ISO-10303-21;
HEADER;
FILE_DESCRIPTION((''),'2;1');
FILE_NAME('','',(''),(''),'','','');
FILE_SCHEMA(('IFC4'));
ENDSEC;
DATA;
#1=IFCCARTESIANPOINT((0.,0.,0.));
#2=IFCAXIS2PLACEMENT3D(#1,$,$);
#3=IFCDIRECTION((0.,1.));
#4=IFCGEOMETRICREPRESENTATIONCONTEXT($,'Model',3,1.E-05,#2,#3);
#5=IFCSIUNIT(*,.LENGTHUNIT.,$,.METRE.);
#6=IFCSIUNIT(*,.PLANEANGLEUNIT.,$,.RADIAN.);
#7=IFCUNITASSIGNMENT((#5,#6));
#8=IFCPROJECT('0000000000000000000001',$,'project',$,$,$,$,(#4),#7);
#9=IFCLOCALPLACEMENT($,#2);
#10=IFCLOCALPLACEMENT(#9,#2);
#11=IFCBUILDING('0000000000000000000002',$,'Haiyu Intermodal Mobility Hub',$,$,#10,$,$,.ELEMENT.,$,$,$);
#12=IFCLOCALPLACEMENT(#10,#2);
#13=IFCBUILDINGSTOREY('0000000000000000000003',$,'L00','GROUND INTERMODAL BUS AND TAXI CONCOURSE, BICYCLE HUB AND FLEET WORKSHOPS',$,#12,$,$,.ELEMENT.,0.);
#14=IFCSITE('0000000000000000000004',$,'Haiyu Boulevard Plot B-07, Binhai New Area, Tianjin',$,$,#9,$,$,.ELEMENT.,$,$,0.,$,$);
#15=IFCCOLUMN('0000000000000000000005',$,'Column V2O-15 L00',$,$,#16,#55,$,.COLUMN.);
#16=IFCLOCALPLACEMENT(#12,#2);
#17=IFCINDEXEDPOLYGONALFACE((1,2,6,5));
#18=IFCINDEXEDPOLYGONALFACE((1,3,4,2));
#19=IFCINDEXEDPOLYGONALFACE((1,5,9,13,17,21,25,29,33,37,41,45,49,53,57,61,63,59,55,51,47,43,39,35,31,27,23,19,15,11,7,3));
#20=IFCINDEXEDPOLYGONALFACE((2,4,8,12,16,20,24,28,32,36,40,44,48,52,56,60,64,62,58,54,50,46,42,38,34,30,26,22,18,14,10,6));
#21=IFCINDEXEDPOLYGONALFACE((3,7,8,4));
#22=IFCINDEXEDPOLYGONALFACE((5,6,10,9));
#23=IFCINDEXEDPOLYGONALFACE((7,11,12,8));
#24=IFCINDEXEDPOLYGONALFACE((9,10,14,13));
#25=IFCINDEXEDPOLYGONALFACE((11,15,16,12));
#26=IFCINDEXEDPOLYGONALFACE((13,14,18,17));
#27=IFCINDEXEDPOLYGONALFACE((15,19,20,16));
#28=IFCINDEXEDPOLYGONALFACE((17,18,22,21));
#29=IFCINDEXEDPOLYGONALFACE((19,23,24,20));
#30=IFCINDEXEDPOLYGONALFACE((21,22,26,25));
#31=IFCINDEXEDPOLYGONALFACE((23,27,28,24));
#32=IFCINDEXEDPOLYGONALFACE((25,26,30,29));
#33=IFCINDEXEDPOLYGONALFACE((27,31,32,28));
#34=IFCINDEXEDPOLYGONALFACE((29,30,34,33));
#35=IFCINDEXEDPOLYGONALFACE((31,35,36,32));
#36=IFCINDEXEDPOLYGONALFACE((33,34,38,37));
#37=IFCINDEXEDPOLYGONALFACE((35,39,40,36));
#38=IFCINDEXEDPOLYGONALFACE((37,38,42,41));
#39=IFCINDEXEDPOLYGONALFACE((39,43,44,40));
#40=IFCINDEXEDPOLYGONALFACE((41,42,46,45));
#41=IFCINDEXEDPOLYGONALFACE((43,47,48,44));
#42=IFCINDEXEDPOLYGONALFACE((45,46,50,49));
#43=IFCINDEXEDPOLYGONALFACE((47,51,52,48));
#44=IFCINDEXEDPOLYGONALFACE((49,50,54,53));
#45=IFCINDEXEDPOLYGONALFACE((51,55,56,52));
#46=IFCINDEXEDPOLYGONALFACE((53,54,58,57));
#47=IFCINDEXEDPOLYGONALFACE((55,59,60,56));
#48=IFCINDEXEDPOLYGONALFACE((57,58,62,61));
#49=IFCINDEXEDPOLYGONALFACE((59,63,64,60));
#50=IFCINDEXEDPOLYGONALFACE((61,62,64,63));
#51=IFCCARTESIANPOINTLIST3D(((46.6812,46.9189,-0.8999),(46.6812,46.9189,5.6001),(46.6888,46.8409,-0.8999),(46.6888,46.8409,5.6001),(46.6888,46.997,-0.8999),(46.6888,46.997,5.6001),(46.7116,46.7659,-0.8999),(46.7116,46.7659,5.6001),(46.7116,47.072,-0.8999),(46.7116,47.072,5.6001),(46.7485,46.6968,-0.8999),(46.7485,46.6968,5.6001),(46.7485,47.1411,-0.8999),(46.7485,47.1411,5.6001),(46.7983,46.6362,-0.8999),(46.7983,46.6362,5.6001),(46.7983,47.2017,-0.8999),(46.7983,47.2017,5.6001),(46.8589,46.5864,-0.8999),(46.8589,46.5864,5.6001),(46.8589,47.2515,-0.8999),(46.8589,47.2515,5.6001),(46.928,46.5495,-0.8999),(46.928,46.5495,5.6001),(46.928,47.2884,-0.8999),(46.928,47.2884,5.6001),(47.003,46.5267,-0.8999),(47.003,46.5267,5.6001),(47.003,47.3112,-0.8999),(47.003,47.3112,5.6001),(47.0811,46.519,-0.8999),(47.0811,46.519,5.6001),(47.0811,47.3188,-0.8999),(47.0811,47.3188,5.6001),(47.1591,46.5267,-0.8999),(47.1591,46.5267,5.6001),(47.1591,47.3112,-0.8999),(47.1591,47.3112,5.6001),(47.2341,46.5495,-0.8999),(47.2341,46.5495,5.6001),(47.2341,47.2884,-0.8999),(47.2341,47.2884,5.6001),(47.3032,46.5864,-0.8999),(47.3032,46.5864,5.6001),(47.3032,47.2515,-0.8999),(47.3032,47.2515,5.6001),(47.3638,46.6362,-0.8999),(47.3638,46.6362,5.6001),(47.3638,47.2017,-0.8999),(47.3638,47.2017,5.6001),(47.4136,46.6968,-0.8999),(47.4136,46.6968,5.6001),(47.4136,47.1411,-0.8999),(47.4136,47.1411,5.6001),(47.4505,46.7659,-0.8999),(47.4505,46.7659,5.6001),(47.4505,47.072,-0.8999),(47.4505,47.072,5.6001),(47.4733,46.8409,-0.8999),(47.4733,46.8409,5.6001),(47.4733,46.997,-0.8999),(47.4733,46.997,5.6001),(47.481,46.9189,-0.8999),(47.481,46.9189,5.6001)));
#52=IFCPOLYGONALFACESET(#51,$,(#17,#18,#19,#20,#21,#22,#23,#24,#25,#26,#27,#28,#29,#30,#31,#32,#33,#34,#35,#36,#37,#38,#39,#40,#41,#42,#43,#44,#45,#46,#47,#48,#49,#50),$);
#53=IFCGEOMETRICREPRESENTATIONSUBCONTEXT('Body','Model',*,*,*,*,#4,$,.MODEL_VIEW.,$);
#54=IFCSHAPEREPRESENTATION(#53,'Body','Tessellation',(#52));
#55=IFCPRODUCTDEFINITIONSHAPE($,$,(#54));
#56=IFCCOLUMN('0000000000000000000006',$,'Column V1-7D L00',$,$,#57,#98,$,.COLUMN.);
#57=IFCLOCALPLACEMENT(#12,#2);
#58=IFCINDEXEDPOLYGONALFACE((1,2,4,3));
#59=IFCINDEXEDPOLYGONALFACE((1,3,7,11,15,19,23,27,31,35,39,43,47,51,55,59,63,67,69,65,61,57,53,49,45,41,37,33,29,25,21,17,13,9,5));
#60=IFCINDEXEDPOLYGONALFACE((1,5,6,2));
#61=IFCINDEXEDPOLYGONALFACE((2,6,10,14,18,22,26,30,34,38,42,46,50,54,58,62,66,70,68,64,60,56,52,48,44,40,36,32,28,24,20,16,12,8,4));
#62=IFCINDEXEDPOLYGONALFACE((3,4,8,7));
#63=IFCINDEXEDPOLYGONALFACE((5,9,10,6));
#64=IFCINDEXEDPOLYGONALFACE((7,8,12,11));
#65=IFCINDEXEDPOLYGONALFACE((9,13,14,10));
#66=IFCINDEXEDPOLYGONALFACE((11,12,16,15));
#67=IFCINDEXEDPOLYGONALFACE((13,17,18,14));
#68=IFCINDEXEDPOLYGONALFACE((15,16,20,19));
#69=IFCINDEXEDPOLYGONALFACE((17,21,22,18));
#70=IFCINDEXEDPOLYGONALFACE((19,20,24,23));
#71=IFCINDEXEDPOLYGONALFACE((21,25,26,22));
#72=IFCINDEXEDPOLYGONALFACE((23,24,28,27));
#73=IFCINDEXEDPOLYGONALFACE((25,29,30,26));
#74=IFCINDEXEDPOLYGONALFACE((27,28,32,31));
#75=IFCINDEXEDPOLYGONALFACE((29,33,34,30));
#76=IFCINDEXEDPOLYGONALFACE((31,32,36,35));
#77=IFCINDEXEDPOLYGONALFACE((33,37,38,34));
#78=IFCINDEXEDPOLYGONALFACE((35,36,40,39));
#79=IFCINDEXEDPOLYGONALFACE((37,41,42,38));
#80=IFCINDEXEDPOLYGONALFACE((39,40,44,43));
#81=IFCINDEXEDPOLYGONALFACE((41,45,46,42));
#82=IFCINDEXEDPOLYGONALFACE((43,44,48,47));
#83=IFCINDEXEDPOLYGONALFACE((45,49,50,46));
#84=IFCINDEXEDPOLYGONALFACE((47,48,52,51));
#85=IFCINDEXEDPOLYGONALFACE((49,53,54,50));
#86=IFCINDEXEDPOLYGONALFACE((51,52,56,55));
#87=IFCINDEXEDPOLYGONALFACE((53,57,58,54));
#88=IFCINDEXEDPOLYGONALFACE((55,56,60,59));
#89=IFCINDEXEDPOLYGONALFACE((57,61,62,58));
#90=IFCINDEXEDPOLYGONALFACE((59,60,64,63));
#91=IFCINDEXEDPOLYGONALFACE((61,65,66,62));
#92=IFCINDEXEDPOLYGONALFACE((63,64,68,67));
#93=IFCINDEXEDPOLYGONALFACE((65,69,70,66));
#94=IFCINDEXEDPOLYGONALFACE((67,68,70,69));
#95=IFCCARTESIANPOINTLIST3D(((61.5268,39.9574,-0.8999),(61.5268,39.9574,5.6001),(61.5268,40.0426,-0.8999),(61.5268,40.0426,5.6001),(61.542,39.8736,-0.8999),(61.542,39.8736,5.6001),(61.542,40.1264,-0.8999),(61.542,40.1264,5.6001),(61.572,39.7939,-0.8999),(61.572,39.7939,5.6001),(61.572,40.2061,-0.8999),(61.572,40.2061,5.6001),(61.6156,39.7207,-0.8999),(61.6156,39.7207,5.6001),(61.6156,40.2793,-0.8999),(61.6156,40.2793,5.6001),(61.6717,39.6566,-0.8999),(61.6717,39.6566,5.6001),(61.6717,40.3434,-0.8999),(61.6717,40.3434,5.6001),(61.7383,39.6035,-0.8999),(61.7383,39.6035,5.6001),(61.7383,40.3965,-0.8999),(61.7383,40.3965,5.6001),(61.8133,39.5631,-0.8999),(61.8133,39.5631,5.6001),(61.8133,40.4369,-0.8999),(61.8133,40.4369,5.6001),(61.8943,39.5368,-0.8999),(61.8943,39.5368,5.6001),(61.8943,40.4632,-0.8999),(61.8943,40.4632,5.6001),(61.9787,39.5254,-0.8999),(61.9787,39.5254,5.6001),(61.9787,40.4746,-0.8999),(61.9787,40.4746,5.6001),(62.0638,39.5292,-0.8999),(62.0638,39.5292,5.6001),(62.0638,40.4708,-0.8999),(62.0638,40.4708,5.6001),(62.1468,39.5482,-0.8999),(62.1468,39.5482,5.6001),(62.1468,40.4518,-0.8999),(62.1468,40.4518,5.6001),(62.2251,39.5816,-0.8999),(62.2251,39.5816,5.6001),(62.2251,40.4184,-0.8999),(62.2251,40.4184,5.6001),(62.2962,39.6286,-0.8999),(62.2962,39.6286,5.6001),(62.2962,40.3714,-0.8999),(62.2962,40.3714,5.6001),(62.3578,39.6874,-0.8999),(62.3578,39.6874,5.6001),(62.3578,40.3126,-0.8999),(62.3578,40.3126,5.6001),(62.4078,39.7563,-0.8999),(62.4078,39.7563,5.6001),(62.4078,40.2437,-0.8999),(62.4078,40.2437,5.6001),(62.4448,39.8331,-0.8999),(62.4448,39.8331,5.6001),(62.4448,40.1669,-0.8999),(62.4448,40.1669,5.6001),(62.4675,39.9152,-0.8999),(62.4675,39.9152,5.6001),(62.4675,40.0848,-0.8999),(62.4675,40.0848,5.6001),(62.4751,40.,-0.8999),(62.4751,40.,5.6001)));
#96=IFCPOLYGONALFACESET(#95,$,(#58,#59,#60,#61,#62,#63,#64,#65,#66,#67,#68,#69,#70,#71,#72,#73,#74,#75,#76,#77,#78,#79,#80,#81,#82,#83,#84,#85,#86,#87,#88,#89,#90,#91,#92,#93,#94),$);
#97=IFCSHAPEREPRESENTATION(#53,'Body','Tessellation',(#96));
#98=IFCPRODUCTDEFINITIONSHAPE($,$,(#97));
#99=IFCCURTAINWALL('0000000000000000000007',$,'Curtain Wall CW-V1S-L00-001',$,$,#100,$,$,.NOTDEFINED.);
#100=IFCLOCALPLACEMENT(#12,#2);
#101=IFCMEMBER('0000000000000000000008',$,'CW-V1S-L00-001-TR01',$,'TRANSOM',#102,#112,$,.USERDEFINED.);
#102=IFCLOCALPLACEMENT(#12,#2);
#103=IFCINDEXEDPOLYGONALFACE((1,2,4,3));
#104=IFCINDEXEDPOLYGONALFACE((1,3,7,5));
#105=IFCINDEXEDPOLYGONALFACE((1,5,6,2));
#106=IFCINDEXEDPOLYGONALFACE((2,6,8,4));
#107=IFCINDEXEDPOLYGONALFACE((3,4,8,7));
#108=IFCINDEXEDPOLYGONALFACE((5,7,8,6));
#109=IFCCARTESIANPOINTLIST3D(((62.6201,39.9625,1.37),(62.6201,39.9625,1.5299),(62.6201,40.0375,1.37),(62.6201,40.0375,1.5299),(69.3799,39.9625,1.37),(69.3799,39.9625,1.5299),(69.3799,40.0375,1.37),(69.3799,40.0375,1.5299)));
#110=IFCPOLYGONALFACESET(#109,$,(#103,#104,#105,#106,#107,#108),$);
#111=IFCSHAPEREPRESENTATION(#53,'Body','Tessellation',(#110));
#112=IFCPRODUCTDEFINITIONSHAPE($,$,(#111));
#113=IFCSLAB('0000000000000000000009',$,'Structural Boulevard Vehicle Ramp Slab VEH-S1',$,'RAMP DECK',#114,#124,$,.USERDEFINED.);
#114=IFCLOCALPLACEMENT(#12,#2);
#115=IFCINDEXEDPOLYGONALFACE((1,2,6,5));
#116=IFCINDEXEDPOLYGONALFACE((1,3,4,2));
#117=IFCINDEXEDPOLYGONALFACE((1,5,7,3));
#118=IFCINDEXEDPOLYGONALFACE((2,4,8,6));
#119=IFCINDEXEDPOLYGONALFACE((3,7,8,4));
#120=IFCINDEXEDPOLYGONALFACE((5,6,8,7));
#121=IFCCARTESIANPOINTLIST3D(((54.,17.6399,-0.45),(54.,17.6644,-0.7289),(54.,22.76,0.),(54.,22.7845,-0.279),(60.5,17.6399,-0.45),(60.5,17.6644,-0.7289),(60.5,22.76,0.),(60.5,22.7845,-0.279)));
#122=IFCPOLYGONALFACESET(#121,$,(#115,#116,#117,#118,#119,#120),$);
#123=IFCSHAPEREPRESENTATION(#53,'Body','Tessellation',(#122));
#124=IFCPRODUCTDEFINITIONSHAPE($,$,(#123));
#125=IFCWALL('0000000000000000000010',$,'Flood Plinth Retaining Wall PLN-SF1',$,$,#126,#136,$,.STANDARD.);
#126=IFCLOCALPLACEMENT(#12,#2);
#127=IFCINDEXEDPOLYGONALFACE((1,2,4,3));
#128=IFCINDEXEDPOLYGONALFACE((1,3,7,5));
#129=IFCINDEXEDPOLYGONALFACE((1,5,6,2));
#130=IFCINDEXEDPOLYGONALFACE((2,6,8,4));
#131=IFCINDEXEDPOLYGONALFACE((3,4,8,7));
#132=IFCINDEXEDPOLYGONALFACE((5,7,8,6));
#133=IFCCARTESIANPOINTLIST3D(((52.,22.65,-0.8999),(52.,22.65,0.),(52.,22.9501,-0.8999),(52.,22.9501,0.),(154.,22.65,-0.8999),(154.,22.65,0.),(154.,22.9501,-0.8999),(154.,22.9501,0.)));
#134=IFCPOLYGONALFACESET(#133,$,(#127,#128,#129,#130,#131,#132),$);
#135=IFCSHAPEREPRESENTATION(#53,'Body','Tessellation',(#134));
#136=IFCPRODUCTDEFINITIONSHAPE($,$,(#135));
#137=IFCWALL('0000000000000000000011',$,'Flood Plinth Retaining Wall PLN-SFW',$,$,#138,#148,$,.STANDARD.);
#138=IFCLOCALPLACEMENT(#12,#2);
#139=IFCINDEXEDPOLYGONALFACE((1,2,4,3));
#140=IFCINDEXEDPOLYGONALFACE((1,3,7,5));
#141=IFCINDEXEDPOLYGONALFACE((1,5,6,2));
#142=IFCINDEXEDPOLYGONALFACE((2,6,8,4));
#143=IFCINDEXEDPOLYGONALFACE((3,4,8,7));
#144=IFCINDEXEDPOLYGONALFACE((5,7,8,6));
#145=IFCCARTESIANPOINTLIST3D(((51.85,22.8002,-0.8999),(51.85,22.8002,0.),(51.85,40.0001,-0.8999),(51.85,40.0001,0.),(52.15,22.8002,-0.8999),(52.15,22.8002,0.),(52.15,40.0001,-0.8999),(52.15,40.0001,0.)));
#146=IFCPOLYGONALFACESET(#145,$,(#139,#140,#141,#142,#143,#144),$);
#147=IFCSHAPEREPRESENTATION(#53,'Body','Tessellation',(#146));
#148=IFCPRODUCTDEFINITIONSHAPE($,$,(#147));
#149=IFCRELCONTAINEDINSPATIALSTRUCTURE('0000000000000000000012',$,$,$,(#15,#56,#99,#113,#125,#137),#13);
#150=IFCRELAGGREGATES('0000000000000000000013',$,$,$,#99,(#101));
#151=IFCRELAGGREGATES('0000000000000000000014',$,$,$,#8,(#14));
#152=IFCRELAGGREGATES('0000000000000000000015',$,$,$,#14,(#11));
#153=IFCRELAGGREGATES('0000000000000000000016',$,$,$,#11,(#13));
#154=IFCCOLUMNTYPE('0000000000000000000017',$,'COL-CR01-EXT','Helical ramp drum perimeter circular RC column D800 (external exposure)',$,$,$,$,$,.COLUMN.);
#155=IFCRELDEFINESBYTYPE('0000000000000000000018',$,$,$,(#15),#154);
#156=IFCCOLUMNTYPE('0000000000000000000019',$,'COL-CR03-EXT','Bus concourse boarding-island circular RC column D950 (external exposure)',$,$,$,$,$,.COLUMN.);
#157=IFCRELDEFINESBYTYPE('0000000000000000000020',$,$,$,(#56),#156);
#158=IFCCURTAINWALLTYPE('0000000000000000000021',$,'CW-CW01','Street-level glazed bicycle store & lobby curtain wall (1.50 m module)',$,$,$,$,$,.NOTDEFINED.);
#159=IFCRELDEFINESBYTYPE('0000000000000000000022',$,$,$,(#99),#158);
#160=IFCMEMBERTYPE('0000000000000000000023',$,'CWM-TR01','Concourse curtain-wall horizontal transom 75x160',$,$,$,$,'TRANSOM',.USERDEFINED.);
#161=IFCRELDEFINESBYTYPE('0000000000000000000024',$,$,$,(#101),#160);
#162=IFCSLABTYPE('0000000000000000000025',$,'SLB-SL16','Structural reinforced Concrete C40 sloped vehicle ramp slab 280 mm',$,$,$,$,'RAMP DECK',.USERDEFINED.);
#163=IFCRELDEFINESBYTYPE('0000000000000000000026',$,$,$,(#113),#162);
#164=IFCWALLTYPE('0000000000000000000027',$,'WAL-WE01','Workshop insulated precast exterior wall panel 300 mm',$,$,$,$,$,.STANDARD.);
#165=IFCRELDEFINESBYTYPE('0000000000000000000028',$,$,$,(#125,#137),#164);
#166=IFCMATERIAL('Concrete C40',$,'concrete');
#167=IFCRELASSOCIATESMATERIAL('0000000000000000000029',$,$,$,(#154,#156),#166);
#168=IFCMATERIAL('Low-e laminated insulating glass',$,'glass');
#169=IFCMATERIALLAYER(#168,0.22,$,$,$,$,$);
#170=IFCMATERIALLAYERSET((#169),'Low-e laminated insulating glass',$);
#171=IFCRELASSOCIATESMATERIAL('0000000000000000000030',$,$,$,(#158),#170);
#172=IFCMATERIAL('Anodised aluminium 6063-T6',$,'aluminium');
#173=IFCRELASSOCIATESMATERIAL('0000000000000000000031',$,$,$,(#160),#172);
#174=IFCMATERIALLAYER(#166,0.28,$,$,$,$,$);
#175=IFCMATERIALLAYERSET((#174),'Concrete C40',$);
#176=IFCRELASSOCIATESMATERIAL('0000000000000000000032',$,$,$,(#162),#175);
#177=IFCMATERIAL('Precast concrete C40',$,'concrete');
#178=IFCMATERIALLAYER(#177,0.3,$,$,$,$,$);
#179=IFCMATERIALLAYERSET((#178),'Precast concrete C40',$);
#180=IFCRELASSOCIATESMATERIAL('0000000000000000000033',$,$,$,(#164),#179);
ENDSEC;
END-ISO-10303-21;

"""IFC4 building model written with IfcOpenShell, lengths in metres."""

from ifc_helpers import new_model, si_unit, direction, frame, frame_2d, origin, origin_2d, place, context, subcontext, project, spatial, polyline, rectangle, circle, outline, extrude, material, layer, layer_set, material_profile, profile_set, type_object, element, aggregate, save


model = new_model("IFC4")

# Units and contexts
model_context = context("Model", 3, precision=1e-05, world=origin(), true_north=direction((0.0, 1.0)))
body_context = subcontext(model_context, "Body", "Model", "MODEL_VIEW")
ifc_project = project(units=[si_unit("LENGTHUNIT", "METRE"), si_unit("PLANEANGLEUNIT", "RADIAN")], contexts=[model_context])

# Site, building, storey
site_placement = place(None, origin())
site = spatial("IfcSite", under=ifc_project, at=site_placement, Name="Haiyu Boulevard Plot B-07, Binhai New Area, Tianjin", CompositionType="ELEMENT", RefElevation=0.0)
building_placement = place(site_placement, origin())
building = spatial("IfcBuilding", under=site, at=building_placement, Name="Haiyu Intermodal Mobility Hub", CompositionType="ELEMENT")
storey_placement = place(building_placement, origin())
storey = spatial("IfcBuildingStorey", under=building, at=storey_placement, Name="L00", Description="GROUND INTERMODAL BUS AND TAXI CONCOURSE, BICYCLE HUB AND FLEET WORKSHOPS", CompositionType="ELEMENT", Elevation=0.0)

# Shared definitions
ifc_material_1 = material(Name="Concrete C40", Category="concrete")

# Columns
ifc_material_profile_1 = material_profile(ifc_material_1, circle(Radius=0.3999, at=origin_2d()), Name="RCCOL-D800")
ifc_profile_set_1 = profile_set([ifc_material_profile_1], Name="Concrete C40")
column_type_1 = type_object("IfcColumnType", Name="COL-CR01-EXT", Description="Helical ramp drum perimeter circular RC column D800 (external exposure)", PredefinedType="COLUMN", material=ifc_profile_set_1)
for number, where, z_axis, x_axis, name in (
    (1, (47.0811, 46.9189, -0.8999), (0.0, 0.0, 1.0), (1.0, 0.0, 0.0), "Column V2O-15 L00"),
):
    element("IfcColumn", number, at=place(storey_placement, frame(where, z_axis=z_axis, x_axis=x_axis)), inside=storey, type_object=column_type_1, Name=name, PredefinedType="COLUMN", context=body_context, shape_type="SweptSolid", body=[
        extrude(circle(Radius=0.3999, at=origin_2d()), origin(), (0.0, 0.0, 1.0), 6.5),
    ])
ifc_material_profile_2 = material_profile(ifc_material_1, circle(Radius=0.4751, at=origin_2d()), Name="RCCOL-D950")
ifc_profile_set_2 = profile_set([ifc_material_profile_2], Name="Concrete C40")
column_type_2 = type_object("IfcColumnType", Name="COL-CR03-EXT", Description="Bus concourse boarding-island circular RC column D950 (external exposure)", PredefinedType="COLUMN", material=ifc_profile_set_2)
column_1_placement = place(storey_placement, frame((62.0, 40.0, -0.8999), z_axis=(0.0, 0.0, 1.0), x_axis=(1.0, 0.0, 0.0)))
element("IfcColumn", 2, at=column_1_placement, inside=storey, type_object=column_type_2, Name="Column V1-7D L00", PredefinedType="COLUMN", context=body_context, shape_type="SweptSolid", body=[
    extrude(circle(Radius=0.4751, at=origin_2d()), origin(), (0.0, 0.0, 1.0), 6.5),
])

# Curtain wall, member
ifc_material_2 = material(Name="Low-e laminated insulating glass", Category="glass")
ifc_layer_1 = layer(ifc_material_2, 0.22)
ifc_layer_set_1 = layer_set([ifc_layer_1], Name="Low-e laminated insulating glass")
curtain_wall_type = type_object("IfcCurtainWallType", Name="CW-CW01", Description="Street-level glazed bicycle store & lobby curtain wall (1.50 m module)", PredefinedType="NOTDEFINED", material=ifc_layer_set_1)
curtain_wall_placement = place(storey_placement, origin())
curtain_wall = element("IfcCurtainWall", 3, at=curtain_wall_placement, inside=storey, type_object=curtain_wall_type, Name="Curtain Wall CW-V1S-L00-001", PredefinedType="NOTDEFINED")
ifc_material_3 = material(Name="Anodised aluminium 6063-T6", Category="aluminium")
ifc_material_profile_3 = material_profile(ifc_material_3, rectangle(XDim=0.075, YDim=0.1599, at=origin_2d()), Name="ALU75x160")
ifc_profile_set_3 = profile_set([ifc_material_profile_3], Name="Anodised aluminium 6063-T6")
member_type = type_object("IfcMemberType", Name="CWM-TR01", Description="Concourse curtain-wall horizontal transom 75x160", ElementType="TRANSOM", PredefinedType="USERDEFINED", material=ifc_profile_set_3)
member_placement = place(storey_placement, frame((62.6201, 40.0, 1.45), z_axis=(1.0, 0.0, 0.0), x_axis=(0.0, 1.0, 0.0)))
member = element("IfcMember", 4, at=member_placement, type_object=member_type, Name="CW-V1S-L00-001-TR01", ObjectType="TRANSOM", PredefinedType="USERDEFINED", context=body_context, shape_type="SweptSolid", body=[
    extrude(rectangle(XDim=0.075, YDim=0.1599, at=origin_2d()), origin(), (0.0, 0.0, 1.0), 6.7598),
])
aggregate(curtain_wall, [member])

# Slab
ifc_layer_2 = layer(ifc_material_1, 0.28)
ifc_layer_set_2 = layer_set([ifc_layer_2], Name="Concrete C40")
slab_type = type_object("IfcSlabType", Name="SLB-SL16", Description="Structural reinforced Concrete C40 sloped vehicle ramp slab 280 mm", ElementType="RAMP DECK", PredefinedType="USERDEFINED", material=ifc_layer_set_2)
slab_placement = place(storey_placement, frame((54.0, 17.6399, -0.45), z_axis=(0.0, -0.087542, 0.996161), x_axis=(1.0, 0.0, 0.0)))
element("IfcSlab", 5, at=slab_placement, inside=storey, type_object=slab_type, Name="Structural Boulevard Vehicle Ramp Slab VEH-S1", ObjectType="RAMP DECK", PredefinedType="USERDEFINED", context=body_context, shape_type="SweptSolid", body=[
    extrude(outline(polyline([(0.0, 0.0), (6.5, 0.0), (6.5, 5.1398), (0.0, 5.1398), (0.0, 0.0)])), origin(), (0.0, 0.0, -1.0), 0.28),
])

# Walls
ifc_material_4 = material(Name="Precast concrete C40", Category="concrete")
ifc_layer_3 = layer(ifc_material_4, 0.3)
ifc_layer_set_3 = layer_set([ifc_layer_3], Name="Precast concrete C40")
wall_type = type_object("IfcWallType", Name="WAL-WE01", Description="Workshop insulated precast exterior wall panel 300 mm", PredefinedType="STANDARD", material=ifc_layer_set_3)
wall_1_placement = place(storey_placement, frame((52.0, 22.8, -0.8999), z_axis=(0.0, 0.0, 1.0), x_axis=(1.0, 0.0, 0.0)))
element("IfcWall", 6, at=wall_1_placement, inside=storey, type_object=wall_type, Name="Flood Plinth Retaining Wall PLN-SF1", PredefinedType="STANDARD", context=body_context, shape_type="SweptSolid", body=[
    extrude(rectangle(XDim=102.0, YDim=0.3, at=frame_2d((51.0, 0.0))), origin(), (0.0, 0.0, 1.0), 0.8999),
])
wall_2_placement = place(storey_placement, frame((52.0, 22.8, -0.8999), z_axis=(0.0, 0.0, 1.0), x_axis=(0.0, 1.0, 0.0)))
element("IfcWall", 7, at=wall_2_placement, inside=storey, type_object=wall_type, Name="Flood Plinth Retaining Wall PLN-SFW", PredefinedType="STANDARD", context=body_context, shape_type="SweptSolid", body=[
    extrude(rectangle(XDim=17.2, YDim=0.3, at=frame_2d((8.6001, 0.0))), origin(), (0.0, 0.0, 1.0), 0.8999),
])

save(model, "model.ifc")
